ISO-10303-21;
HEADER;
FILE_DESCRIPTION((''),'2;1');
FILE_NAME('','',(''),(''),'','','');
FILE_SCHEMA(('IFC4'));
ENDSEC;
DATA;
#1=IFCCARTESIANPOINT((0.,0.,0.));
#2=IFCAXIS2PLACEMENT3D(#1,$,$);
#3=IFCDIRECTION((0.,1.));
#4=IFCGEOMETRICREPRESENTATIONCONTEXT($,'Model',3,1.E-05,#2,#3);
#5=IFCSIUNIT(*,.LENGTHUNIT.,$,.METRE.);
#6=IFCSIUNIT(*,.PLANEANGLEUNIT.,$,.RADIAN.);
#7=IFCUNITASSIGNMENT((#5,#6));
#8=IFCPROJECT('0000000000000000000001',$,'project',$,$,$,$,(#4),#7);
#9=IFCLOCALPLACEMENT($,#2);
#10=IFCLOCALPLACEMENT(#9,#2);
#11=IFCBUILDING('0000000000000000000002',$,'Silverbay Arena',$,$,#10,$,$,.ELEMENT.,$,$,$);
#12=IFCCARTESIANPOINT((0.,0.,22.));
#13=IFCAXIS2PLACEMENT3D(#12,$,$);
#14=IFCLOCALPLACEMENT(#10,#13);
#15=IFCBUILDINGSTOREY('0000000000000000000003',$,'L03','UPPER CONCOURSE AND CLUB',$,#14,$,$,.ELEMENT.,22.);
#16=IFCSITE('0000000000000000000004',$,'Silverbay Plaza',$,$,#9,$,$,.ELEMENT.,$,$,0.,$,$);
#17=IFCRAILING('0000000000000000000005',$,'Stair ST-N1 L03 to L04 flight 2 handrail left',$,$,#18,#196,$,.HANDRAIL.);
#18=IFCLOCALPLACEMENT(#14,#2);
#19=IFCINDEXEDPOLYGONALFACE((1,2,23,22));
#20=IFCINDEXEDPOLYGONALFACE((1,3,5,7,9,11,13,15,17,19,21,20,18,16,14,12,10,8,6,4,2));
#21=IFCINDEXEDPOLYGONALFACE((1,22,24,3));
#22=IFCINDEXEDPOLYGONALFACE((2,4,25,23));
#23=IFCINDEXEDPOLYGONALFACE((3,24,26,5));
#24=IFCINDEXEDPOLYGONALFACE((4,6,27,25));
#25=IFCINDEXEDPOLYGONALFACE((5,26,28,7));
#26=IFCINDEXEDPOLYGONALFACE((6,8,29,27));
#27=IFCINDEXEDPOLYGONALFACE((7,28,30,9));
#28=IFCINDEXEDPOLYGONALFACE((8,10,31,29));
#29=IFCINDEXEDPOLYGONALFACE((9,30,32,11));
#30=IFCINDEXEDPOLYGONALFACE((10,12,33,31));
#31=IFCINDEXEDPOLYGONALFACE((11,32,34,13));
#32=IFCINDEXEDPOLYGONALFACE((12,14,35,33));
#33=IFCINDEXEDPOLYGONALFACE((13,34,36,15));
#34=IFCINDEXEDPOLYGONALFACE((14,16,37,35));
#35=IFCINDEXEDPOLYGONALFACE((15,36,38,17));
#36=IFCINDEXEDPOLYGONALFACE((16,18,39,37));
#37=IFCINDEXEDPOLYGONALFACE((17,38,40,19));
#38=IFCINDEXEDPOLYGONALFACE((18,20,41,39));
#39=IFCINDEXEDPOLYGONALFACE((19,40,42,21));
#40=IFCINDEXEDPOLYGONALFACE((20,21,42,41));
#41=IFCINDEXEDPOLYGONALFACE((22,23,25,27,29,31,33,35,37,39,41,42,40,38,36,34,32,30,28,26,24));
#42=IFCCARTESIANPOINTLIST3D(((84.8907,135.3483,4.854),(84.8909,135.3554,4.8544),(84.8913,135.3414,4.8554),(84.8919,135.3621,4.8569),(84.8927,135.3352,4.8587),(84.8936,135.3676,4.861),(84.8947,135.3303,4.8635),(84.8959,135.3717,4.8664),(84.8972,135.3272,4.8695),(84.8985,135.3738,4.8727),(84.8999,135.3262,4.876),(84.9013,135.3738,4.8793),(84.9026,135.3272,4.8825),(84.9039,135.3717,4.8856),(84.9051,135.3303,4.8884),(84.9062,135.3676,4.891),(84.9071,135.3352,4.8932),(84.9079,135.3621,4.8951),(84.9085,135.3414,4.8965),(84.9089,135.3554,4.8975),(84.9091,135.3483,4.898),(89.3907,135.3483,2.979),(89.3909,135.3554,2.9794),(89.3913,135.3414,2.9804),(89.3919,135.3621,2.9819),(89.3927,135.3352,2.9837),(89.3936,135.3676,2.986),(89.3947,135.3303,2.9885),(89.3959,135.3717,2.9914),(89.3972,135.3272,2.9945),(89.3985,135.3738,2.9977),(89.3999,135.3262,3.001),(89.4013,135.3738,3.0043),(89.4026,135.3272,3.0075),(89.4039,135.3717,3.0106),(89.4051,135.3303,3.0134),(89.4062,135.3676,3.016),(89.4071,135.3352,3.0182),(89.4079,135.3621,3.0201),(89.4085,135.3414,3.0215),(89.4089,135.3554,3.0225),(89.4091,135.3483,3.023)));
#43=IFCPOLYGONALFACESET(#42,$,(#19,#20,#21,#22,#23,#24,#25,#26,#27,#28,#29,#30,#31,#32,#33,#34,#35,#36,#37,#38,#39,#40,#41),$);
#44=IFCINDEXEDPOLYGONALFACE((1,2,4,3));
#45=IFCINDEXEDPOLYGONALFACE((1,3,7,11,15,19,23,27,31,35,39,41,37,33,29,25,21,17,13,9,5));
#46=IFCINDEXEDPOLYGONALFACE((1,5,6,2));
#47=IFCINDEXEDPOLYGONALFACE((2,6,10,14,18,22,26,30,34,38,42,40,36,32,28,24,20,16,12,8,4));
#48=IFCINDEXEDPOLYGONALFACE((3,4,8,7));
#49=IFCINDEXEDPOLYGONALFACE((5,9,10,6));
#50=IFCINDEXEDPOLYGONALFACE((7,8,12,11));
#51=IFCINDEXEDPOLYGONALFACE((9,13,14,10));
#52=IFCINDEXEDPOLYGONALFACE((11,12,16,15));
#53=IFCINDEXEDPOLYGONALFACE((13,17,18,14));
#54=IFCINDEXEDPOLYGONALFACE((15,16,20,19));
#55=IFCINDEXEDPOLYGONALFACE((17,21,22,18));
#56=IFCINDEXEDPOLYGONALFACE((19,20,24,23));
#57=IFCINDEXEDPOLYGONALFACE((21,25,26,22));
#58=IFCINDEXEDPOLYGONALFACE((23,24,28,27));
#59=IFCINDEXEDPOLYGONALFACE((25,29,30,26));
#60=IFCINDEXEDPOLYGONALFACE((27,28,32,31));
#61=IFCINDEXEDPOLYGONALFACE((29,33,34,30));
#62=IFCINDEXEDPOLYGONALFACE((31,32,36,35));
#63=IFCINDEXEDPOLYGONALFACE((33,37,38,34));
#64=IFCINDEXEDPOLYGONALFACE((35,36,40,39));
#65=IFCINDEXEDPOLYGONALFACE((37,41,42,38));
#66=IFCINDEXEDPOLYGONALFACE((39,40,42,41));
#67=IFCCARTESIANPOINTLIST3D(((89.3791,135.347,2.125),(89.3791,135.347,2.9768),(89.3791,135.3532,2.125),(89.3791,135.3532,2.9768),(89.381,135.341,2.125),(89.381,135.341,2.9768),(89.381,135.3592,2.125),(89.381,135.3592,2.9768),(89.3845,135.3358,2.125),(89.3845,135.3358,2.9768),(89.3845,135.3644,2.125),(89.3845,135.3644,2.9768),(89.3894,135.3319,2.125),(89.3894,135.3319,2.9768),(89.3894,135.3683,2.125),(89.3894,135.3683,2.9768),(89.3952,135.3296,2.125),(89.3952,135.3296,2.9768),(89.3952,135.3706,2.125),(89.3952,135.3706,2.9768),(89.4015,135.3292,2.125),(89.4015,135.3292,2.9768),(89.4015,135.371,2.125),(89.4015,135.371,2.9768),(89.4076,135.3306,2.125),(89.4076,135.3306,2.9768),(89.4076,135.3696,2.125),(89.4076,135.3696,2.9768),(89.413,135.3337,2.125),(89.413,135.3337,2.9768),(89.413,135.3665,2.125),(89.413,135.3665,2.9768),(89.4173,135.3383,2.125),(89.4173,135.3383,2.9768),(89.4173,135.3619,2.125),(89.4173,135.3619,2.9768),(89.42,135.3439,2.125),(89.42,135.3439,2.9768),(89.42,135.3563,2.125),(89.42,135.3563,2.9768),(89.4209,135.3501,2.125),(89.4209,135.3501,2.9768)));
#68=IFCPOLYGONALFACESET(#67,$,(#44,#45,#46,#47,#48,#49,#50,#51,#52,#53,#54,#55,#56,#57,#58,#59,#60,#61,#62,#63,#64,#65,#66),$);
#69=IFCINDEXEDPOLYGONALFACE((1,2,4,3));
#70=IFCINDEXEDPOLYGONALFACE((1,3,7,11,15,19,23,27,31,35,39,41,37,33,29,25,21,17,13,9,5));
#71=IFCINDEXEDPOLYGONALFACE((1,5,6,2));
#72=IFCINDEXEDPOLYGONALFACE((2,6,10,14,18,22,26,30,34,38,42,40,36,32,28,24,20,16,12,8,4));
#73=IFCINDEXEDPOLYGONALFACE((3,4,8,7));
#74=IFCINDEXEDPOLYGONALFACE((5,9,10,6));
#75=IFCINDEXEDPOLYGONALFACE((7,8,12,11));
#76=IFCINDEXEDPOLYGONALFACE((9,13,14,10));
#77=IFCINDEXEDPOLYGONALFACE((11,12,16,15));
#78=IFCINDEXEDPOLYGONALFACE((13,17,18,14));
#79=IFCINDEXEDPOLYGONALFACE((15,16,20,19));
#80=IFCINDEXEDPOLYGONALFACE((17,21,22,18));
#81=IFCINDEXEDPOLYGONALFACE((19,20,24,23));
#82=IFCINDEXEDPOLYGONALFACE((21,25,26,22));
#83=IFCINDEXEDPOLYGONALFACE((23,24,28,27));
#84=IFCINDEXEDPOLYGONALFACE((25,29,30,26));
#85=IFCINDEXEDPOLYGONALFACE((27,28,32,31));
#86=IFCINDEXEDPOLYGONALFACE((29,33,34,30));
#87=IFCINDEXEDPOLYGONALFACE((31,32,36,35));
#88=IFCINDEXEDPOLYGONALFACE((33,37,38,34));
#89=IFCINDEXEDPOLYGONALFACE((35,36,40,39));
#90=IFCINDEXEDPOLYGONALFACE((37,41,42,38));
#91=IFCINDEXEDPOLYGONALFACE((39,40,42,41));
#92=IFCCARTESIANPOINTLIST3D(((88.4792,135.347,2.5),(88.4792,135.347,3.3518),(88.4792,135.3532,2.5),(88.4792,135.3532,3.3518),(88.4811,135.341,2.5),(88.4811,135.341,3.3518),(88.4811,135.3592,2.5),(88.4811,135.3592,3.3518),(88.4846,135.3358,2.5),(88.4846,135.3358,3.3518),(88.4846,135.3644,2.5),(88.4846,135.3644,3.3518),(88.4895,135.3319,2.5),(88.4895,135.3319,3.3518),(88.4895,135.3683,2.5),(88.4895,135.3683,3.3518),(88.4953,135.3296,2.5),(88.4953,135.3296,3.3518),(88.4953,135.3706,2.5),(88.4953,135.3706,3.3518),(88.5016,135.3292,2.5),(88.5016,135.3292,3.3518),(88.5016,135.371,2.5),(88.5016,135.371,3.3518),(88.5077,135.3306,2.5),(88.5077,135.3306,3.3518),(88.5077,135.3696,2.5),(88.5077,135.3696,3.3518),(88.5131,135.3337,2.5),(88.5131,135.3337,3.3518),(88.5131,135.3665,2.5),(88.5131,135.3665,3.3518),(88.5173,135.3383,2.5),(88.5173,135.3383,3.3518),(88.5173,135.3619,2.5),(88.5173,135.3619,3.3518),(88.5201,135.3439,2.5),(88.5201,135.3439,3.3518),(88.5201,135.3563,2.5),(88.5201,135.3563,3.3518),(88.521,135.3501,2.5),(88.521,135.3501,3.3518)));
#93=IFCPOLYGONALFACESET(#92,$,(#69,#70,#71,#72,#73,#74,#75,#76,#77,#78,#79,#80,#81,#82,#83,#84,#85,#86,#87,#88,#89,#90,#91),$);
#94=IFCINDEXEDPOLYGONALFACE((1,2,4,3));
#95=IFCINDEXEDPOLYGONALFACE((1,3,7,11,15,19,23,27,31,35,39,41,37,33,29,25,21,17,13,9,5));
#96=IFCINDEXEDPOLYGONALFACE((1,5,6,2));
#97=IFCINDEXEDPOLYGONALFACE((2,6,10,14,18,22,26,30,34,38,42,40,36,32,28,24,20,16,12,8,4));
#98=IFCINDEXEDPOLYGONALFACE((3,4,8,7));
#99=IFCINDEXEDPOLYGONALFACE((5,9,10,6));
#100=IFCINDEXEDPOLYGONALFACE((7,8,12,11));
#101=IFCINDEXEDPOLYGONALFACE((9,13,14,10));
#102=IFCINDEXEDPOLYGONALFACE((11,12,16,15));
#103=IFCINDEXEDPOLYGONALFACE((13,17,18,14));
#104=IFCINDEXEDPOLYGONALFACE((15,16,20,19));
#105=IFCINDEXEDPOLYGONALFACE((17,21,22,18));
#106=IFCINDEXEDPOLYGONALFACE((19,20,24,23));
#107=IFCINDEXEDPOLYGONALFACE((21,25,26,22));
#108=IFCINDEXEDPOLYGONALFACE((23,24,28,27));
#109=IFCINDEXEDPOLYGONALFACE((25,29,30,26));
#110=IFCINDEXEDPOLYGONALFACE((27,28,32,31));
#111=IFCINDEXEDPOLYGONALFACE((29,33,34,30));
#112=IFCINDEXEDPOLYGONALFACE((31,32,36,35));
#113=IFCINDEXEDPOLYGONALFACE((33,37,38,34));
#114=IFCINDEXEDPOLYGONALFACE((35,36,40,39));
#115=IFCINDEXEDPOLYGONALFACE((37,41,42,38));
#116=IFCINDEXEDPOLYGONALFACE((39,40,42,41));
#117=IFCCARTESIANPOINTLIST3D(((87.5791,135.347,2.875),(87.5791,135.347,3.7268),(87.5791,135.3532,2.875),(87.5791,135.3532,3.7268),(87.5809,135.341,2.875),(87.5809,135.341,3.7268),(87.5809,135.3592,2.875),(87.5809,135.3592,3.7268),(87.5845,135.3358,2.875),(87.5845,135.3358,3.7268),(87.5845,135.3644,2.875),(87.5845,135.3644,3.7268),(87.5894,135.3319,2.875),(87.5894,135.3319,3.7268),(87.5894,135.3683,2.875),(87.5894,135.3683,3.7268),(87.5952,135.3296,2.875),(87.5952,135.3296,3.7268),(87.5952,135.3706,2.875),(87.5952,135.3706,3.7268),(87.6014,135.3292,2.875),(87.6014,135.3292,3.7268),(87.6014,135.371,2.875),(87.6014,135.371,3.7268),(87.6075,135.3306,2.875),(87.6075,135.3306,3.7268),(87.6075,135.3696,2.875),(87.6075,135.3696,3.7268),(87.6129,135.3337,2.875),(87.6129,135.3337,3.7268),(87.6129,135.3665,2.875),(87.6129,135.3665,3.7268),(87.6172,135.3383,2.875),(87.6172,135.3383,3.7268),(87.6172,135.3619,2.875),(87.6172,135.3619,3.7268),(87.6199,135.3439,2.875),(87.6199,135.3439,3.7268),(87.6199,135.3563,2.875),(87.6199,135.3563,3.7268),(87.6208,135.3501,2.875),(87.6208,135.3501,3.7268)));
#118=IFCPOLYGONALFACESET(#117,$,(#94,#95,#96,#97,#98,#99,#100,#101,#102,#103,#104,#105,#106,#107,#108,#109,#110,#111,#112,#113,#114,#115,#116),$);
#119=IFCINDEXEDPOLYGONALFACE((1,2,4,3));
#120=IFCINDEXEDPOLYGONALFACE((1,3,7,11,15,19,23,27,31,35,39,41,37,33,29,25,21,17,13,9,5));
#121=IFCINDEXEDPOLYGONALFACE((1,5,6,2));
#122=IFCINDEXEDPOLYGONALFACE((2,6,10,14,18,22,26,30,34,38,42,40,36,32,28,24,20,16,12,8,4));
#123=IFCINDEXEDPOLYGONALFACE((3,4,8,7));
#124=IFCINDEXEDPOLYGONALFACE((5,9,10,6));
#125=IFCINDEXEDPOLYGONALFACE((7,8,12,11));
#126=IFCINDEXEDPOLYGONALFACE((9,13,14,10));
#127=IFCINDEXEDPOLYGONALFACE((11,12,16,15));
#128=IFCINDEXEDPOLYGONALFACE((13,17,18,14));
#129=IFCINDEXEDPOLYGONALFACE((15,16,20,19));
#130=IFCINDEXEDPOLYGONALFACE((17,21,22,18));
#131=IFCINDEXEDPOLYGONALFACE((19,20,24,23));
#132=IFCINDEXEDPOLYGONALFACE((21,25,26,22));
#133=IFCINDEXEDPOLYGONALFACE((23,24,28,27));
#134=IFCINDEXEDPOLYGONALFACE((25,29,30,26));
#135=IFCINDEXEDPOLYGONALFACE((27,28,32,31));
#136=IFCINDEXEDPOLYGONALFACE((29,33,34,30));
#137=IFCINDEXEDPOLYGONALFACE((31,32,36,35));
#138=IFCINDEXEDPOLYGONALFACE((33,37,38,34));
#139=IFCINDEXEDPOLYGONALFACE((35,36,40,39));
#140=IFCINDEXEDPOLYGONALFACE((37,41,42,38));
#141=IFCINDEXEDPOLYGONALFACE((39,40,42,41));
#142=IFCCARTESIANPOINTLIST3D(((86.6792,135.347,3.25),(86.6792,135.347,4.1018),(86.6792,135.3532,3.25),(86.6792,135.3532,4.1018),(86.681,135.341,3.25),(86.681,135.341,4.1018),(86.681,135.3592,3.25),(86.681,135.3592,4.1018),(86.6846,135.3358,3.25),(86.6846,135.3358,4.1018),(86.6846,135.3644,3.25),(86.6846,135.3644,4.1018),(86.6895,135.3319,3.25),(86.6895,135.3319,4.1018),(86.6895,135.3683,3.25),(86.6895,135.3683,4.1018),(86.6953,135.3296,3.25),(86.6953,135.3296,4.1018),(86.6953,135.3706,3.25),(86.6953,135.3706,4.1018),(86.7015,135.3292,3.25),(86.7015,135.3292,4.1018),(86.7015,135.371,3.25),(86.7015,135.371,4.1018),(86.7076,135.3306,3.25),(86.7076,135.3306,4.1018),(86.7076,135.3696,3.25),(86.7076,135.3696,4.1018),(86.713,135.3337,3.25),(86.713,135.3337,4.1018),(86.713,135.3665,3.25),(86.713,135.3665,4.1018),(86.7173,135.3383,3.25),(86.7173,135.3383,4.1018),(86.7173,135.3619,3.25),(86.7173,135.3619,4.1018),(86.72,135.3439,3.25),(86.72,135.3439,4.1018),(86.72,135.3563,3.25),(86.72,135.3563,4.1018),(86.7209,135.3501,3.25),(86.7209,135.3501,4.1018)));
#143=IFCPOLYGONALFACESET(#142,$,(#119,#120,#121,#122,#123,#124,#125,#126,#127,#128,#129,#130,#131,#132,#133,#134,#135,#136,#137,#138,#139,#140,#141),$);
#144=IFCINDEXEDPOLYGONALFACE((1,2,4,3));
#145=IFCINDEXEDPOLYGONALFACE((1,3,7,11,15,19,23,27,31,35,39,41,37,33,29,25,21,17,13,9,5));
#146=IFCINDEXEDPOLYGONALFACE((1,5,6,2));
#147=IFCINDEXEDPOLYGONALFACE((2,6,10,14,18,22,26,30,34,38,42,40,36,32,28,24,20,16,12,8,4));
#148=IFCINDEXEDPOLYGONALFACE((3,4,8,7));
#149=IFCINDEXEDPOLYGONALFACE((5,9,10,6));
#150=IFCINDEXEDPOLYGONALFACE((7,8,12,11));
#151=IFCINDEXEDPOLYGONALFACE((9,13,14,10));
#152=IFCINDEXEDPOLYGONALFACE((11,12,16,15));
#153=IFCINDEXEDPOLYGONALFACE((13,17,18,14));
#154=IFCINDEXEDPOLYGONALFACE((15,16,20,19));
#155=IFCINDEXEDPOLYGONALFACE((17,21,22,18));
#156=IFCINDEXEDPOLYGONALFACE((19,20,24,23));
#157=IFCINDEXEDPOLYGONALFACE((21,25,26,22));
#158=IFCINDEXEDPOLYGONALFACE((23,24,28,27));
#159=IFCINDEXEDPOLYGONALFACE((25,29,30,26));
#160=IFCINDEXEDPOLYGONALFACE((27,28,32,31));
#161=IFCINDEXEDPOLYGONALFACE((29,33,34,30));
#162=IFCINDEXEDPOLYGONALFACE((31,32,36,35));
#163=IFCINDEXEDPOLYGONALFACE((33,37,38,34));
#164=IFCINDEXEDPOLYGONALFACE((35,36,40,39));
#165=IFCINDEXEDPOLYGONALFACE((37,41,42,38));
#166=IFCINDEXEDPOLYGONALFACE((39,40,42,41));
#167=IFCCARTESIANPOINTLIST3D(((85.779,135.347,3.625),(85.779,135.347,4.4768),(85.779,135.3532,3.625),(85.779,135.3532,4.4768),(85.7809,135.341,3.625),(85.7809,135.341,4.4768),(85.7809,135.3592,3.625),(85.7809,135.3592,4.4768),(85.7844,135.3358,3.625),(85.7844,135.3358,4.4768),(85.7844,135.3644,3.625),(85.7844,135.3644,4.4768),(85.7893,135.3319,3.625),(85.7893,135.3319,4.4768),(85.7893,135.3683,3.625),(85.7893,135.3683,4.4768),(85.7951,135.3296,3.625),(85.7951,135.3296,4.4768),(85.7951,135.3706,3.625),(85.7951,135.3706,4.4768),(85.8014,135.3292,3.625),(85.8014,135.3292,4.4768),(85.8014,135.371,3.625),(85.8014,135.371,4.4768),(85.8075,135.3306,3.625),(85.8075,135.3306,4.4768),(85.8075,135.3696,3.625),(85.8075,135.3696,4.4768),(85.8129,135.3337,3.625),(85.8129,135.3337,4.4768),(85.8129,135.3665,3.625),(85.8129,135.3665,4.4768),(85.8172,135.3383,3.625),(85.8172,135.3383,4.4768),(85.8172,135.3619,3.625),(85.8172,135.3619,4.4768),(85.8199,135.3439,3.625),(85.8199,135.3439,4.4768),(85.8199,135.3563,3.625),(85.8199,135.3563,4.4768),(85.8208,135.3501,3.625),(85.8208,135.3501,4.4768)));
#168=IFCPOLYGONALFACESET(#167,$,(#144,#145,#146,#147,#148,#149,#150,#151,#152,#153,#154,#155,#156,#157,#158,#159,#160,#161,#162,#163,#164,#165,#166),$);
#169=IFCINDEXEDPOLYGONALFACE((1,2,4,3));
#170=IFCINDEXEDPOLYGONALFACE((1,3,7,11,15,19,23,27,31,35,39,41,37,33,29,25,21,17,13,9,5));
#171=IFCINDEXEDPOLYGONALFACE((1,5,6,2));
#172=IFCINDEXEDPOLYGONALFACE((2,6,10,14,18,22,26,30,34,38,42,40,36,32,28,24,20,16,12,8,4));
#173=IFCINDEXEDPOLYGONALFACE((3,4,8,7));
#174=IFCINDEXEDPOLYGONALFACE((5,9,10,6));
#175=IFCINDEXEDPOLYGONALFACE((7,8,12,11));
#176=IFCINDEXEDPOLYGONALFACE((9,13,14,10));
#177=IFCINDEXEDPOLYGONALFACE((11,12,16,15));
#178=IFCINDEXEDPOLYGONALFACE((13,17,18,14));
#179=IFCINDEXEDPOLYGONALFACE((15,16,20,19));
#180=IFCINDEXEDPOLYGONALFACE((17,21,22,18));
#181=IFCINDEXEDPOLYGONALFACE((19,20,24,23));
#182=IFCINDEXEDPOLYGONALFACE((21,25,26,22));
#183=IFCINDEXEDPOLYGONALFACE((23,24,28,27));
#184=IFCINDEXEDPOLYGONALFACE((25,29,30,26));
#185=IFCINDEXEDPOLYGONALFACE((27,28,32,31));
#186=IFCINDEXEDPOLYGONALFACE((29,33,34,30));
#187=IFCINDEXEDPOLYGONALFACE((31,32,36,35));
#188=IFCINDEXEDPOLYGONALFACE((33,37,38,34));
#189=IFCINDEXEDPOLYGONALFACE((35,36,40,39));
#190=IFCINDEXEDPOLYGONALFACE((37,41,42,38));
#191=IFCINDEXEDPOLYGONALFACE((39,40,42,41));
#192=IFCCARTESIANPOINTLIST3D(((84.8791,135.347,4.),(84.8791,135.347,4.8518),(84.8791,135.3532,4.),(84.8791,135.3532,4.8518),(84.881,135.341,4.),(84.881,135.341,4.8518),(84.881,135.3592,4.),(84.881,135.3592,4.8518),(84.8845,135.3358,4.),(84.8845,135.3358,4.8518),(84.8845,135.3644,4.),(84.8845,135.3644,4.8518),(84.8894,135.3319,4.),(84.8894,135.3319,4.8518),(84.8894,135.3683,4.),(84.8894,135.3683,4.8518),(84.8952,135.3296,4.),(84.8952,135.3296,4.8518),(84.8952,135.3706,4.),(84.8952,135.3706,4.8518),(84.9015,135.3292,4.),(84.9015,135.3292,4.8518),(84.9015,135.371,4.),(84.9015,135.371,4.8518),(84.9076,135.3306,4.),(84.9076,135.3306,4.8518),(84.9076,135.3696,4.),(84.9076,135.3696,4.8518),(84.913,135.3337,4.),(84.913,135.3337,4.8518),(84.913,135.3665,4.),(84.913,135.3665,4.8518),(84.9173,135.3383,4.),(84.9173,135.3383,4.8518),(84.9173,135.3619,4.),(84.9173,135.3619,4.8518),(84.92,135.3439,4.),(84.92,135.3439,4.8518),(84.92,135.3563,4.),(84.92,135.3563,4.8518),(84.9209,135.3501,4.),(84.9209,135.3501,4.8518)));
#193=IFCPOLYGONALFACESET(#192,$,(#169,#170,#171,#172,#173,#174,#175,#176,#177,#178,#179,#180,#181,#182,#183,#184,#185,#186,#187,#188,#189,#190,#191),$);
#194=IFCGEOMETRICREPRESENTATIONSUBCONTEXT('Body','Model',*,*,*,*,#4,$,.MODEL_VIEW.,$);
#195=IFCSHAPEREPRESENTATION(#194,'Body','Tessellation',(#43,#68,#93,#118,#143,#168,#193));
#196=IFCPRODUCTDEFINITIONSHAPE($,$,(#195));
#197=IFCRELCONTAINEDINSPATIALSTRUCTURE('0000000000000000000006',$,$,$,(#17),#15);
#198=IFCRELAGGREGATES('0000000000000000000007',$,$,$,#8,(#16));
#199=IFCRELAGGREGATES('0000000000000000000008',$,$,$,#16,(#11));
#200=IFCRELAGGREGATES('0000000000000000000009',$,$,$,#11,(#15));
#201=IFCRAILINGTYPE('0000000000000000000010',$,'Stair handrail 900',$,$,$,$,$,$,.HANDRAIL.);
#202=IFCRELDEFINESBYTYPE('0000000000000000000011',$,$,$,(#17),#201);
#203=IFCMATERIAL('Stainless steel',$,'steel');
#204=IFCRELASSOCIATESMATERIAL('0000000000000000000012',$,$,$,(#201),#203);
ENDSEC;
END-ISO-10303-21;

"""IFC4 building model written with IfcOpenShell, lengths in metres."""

from ifc_helpers import new_model, si_unit, direction, frame, origin, origin_2d, place, context, subcontext, project, spatial, circle, extrude, material, type_object, element, save


model = new_model("IFC4")

# Units and contexts
model_context = context("Model", 3, precision=1e-05, world=origin(), true_north=direction((0.0, 1.0)))
body_context = subcontext(model_context, "Body", "Model", "MODEL_VIEW")
ifc_project = project(units=[si_unit("LENGTHUNIT", "METRE"), si_unit("PLANEANGLEUNIT", "RADIAN")], contexts=[model_context])

# Site, building, storey
site_placement = place(None, origin())
site = spatial("IfcSite", under=ifc_project, at=site_placement, Name="Silverbay Plaza", CompositionType="ELEMENT", RefElevation=0.0)
building_placement = place(site_placement, origin())
building = spatial("IfcBuilding", under=site, at=building_placement, Name="Silverbay Arena", CompositionType="ELEMENT")
storey_placement = place(building_placement, frame((0.0, 0.0, 22.0)))
storey = spatial("IfcBuildingStorey", under=building, at=storey_placement, Name="L03", Description="UPPER CONCOURSE AND CLUB", CompositionType="ELEMENT", Elevation=22.0)

# Railing
ifc_material_1 = material(Name="Stainless steel", Category="steel")
railing_type_1 = type_object("IfcRailingType", Name="Stair handrail 900", PredefinedType="HANDRAIL", material=ifc_material_1)
railing_1_placement = place(storey_placement, frame((89.3999, 135.3501, 2.125)))
element("IfcRailing", 1, at=railing_1_placement, inside=storey, type_object=railing_type_1, Name="Stair ST-N1 L03 to L04 flight 2 handrail left", PredefinedType="HANDRAIL", context=body_context, shape_type="SweptSolid", body=[
    extrude(circle(Radius=0.0239, at=origin_2d()), frame((0.0, 0.0, 0.876), z_axis=(-0.923077, 0.0, 0.384615), x_axis=(0.0, -1.0, 0.0)), (0.0, 0.0, 1.0), 4.875),
    extrude(circle(Radius=0.021, at=origin_2d()), origin(), (0.0, 0.0, 1.0), 0.8518),
    extrude(circle(Radius=0.021, at=origin_2d()), frame((-0.8999, 0.0, 0.375)), (0.0, 0.0, 1.0), 0.8518),
    extrude(circle(Radius=0.021, at=origin_2d()), frame((-1.8, 0.0, 0.75)), (0.0, 0.0, 1.0), 0.8518),
    extrude(circle(Radius=0.021, at=origin_2d()), frame((-2.7, 0.0, 1.125)), (0.0, 0.0, 1.0), 0.8518),
    extrude(circle(Radius=0.021, at=origin_2d()), frame((-3.6001, 0.0, 1.5)), (0.0, 0.0, 1.0), 0.8518),
    extrude(circle(Radius=0.021, at=origin_2d()), frame((-4.5, 0.0, 1.875)), (0.0, 0.0, 1.0), 0.8518),
])

save(model, "model.ifc")
